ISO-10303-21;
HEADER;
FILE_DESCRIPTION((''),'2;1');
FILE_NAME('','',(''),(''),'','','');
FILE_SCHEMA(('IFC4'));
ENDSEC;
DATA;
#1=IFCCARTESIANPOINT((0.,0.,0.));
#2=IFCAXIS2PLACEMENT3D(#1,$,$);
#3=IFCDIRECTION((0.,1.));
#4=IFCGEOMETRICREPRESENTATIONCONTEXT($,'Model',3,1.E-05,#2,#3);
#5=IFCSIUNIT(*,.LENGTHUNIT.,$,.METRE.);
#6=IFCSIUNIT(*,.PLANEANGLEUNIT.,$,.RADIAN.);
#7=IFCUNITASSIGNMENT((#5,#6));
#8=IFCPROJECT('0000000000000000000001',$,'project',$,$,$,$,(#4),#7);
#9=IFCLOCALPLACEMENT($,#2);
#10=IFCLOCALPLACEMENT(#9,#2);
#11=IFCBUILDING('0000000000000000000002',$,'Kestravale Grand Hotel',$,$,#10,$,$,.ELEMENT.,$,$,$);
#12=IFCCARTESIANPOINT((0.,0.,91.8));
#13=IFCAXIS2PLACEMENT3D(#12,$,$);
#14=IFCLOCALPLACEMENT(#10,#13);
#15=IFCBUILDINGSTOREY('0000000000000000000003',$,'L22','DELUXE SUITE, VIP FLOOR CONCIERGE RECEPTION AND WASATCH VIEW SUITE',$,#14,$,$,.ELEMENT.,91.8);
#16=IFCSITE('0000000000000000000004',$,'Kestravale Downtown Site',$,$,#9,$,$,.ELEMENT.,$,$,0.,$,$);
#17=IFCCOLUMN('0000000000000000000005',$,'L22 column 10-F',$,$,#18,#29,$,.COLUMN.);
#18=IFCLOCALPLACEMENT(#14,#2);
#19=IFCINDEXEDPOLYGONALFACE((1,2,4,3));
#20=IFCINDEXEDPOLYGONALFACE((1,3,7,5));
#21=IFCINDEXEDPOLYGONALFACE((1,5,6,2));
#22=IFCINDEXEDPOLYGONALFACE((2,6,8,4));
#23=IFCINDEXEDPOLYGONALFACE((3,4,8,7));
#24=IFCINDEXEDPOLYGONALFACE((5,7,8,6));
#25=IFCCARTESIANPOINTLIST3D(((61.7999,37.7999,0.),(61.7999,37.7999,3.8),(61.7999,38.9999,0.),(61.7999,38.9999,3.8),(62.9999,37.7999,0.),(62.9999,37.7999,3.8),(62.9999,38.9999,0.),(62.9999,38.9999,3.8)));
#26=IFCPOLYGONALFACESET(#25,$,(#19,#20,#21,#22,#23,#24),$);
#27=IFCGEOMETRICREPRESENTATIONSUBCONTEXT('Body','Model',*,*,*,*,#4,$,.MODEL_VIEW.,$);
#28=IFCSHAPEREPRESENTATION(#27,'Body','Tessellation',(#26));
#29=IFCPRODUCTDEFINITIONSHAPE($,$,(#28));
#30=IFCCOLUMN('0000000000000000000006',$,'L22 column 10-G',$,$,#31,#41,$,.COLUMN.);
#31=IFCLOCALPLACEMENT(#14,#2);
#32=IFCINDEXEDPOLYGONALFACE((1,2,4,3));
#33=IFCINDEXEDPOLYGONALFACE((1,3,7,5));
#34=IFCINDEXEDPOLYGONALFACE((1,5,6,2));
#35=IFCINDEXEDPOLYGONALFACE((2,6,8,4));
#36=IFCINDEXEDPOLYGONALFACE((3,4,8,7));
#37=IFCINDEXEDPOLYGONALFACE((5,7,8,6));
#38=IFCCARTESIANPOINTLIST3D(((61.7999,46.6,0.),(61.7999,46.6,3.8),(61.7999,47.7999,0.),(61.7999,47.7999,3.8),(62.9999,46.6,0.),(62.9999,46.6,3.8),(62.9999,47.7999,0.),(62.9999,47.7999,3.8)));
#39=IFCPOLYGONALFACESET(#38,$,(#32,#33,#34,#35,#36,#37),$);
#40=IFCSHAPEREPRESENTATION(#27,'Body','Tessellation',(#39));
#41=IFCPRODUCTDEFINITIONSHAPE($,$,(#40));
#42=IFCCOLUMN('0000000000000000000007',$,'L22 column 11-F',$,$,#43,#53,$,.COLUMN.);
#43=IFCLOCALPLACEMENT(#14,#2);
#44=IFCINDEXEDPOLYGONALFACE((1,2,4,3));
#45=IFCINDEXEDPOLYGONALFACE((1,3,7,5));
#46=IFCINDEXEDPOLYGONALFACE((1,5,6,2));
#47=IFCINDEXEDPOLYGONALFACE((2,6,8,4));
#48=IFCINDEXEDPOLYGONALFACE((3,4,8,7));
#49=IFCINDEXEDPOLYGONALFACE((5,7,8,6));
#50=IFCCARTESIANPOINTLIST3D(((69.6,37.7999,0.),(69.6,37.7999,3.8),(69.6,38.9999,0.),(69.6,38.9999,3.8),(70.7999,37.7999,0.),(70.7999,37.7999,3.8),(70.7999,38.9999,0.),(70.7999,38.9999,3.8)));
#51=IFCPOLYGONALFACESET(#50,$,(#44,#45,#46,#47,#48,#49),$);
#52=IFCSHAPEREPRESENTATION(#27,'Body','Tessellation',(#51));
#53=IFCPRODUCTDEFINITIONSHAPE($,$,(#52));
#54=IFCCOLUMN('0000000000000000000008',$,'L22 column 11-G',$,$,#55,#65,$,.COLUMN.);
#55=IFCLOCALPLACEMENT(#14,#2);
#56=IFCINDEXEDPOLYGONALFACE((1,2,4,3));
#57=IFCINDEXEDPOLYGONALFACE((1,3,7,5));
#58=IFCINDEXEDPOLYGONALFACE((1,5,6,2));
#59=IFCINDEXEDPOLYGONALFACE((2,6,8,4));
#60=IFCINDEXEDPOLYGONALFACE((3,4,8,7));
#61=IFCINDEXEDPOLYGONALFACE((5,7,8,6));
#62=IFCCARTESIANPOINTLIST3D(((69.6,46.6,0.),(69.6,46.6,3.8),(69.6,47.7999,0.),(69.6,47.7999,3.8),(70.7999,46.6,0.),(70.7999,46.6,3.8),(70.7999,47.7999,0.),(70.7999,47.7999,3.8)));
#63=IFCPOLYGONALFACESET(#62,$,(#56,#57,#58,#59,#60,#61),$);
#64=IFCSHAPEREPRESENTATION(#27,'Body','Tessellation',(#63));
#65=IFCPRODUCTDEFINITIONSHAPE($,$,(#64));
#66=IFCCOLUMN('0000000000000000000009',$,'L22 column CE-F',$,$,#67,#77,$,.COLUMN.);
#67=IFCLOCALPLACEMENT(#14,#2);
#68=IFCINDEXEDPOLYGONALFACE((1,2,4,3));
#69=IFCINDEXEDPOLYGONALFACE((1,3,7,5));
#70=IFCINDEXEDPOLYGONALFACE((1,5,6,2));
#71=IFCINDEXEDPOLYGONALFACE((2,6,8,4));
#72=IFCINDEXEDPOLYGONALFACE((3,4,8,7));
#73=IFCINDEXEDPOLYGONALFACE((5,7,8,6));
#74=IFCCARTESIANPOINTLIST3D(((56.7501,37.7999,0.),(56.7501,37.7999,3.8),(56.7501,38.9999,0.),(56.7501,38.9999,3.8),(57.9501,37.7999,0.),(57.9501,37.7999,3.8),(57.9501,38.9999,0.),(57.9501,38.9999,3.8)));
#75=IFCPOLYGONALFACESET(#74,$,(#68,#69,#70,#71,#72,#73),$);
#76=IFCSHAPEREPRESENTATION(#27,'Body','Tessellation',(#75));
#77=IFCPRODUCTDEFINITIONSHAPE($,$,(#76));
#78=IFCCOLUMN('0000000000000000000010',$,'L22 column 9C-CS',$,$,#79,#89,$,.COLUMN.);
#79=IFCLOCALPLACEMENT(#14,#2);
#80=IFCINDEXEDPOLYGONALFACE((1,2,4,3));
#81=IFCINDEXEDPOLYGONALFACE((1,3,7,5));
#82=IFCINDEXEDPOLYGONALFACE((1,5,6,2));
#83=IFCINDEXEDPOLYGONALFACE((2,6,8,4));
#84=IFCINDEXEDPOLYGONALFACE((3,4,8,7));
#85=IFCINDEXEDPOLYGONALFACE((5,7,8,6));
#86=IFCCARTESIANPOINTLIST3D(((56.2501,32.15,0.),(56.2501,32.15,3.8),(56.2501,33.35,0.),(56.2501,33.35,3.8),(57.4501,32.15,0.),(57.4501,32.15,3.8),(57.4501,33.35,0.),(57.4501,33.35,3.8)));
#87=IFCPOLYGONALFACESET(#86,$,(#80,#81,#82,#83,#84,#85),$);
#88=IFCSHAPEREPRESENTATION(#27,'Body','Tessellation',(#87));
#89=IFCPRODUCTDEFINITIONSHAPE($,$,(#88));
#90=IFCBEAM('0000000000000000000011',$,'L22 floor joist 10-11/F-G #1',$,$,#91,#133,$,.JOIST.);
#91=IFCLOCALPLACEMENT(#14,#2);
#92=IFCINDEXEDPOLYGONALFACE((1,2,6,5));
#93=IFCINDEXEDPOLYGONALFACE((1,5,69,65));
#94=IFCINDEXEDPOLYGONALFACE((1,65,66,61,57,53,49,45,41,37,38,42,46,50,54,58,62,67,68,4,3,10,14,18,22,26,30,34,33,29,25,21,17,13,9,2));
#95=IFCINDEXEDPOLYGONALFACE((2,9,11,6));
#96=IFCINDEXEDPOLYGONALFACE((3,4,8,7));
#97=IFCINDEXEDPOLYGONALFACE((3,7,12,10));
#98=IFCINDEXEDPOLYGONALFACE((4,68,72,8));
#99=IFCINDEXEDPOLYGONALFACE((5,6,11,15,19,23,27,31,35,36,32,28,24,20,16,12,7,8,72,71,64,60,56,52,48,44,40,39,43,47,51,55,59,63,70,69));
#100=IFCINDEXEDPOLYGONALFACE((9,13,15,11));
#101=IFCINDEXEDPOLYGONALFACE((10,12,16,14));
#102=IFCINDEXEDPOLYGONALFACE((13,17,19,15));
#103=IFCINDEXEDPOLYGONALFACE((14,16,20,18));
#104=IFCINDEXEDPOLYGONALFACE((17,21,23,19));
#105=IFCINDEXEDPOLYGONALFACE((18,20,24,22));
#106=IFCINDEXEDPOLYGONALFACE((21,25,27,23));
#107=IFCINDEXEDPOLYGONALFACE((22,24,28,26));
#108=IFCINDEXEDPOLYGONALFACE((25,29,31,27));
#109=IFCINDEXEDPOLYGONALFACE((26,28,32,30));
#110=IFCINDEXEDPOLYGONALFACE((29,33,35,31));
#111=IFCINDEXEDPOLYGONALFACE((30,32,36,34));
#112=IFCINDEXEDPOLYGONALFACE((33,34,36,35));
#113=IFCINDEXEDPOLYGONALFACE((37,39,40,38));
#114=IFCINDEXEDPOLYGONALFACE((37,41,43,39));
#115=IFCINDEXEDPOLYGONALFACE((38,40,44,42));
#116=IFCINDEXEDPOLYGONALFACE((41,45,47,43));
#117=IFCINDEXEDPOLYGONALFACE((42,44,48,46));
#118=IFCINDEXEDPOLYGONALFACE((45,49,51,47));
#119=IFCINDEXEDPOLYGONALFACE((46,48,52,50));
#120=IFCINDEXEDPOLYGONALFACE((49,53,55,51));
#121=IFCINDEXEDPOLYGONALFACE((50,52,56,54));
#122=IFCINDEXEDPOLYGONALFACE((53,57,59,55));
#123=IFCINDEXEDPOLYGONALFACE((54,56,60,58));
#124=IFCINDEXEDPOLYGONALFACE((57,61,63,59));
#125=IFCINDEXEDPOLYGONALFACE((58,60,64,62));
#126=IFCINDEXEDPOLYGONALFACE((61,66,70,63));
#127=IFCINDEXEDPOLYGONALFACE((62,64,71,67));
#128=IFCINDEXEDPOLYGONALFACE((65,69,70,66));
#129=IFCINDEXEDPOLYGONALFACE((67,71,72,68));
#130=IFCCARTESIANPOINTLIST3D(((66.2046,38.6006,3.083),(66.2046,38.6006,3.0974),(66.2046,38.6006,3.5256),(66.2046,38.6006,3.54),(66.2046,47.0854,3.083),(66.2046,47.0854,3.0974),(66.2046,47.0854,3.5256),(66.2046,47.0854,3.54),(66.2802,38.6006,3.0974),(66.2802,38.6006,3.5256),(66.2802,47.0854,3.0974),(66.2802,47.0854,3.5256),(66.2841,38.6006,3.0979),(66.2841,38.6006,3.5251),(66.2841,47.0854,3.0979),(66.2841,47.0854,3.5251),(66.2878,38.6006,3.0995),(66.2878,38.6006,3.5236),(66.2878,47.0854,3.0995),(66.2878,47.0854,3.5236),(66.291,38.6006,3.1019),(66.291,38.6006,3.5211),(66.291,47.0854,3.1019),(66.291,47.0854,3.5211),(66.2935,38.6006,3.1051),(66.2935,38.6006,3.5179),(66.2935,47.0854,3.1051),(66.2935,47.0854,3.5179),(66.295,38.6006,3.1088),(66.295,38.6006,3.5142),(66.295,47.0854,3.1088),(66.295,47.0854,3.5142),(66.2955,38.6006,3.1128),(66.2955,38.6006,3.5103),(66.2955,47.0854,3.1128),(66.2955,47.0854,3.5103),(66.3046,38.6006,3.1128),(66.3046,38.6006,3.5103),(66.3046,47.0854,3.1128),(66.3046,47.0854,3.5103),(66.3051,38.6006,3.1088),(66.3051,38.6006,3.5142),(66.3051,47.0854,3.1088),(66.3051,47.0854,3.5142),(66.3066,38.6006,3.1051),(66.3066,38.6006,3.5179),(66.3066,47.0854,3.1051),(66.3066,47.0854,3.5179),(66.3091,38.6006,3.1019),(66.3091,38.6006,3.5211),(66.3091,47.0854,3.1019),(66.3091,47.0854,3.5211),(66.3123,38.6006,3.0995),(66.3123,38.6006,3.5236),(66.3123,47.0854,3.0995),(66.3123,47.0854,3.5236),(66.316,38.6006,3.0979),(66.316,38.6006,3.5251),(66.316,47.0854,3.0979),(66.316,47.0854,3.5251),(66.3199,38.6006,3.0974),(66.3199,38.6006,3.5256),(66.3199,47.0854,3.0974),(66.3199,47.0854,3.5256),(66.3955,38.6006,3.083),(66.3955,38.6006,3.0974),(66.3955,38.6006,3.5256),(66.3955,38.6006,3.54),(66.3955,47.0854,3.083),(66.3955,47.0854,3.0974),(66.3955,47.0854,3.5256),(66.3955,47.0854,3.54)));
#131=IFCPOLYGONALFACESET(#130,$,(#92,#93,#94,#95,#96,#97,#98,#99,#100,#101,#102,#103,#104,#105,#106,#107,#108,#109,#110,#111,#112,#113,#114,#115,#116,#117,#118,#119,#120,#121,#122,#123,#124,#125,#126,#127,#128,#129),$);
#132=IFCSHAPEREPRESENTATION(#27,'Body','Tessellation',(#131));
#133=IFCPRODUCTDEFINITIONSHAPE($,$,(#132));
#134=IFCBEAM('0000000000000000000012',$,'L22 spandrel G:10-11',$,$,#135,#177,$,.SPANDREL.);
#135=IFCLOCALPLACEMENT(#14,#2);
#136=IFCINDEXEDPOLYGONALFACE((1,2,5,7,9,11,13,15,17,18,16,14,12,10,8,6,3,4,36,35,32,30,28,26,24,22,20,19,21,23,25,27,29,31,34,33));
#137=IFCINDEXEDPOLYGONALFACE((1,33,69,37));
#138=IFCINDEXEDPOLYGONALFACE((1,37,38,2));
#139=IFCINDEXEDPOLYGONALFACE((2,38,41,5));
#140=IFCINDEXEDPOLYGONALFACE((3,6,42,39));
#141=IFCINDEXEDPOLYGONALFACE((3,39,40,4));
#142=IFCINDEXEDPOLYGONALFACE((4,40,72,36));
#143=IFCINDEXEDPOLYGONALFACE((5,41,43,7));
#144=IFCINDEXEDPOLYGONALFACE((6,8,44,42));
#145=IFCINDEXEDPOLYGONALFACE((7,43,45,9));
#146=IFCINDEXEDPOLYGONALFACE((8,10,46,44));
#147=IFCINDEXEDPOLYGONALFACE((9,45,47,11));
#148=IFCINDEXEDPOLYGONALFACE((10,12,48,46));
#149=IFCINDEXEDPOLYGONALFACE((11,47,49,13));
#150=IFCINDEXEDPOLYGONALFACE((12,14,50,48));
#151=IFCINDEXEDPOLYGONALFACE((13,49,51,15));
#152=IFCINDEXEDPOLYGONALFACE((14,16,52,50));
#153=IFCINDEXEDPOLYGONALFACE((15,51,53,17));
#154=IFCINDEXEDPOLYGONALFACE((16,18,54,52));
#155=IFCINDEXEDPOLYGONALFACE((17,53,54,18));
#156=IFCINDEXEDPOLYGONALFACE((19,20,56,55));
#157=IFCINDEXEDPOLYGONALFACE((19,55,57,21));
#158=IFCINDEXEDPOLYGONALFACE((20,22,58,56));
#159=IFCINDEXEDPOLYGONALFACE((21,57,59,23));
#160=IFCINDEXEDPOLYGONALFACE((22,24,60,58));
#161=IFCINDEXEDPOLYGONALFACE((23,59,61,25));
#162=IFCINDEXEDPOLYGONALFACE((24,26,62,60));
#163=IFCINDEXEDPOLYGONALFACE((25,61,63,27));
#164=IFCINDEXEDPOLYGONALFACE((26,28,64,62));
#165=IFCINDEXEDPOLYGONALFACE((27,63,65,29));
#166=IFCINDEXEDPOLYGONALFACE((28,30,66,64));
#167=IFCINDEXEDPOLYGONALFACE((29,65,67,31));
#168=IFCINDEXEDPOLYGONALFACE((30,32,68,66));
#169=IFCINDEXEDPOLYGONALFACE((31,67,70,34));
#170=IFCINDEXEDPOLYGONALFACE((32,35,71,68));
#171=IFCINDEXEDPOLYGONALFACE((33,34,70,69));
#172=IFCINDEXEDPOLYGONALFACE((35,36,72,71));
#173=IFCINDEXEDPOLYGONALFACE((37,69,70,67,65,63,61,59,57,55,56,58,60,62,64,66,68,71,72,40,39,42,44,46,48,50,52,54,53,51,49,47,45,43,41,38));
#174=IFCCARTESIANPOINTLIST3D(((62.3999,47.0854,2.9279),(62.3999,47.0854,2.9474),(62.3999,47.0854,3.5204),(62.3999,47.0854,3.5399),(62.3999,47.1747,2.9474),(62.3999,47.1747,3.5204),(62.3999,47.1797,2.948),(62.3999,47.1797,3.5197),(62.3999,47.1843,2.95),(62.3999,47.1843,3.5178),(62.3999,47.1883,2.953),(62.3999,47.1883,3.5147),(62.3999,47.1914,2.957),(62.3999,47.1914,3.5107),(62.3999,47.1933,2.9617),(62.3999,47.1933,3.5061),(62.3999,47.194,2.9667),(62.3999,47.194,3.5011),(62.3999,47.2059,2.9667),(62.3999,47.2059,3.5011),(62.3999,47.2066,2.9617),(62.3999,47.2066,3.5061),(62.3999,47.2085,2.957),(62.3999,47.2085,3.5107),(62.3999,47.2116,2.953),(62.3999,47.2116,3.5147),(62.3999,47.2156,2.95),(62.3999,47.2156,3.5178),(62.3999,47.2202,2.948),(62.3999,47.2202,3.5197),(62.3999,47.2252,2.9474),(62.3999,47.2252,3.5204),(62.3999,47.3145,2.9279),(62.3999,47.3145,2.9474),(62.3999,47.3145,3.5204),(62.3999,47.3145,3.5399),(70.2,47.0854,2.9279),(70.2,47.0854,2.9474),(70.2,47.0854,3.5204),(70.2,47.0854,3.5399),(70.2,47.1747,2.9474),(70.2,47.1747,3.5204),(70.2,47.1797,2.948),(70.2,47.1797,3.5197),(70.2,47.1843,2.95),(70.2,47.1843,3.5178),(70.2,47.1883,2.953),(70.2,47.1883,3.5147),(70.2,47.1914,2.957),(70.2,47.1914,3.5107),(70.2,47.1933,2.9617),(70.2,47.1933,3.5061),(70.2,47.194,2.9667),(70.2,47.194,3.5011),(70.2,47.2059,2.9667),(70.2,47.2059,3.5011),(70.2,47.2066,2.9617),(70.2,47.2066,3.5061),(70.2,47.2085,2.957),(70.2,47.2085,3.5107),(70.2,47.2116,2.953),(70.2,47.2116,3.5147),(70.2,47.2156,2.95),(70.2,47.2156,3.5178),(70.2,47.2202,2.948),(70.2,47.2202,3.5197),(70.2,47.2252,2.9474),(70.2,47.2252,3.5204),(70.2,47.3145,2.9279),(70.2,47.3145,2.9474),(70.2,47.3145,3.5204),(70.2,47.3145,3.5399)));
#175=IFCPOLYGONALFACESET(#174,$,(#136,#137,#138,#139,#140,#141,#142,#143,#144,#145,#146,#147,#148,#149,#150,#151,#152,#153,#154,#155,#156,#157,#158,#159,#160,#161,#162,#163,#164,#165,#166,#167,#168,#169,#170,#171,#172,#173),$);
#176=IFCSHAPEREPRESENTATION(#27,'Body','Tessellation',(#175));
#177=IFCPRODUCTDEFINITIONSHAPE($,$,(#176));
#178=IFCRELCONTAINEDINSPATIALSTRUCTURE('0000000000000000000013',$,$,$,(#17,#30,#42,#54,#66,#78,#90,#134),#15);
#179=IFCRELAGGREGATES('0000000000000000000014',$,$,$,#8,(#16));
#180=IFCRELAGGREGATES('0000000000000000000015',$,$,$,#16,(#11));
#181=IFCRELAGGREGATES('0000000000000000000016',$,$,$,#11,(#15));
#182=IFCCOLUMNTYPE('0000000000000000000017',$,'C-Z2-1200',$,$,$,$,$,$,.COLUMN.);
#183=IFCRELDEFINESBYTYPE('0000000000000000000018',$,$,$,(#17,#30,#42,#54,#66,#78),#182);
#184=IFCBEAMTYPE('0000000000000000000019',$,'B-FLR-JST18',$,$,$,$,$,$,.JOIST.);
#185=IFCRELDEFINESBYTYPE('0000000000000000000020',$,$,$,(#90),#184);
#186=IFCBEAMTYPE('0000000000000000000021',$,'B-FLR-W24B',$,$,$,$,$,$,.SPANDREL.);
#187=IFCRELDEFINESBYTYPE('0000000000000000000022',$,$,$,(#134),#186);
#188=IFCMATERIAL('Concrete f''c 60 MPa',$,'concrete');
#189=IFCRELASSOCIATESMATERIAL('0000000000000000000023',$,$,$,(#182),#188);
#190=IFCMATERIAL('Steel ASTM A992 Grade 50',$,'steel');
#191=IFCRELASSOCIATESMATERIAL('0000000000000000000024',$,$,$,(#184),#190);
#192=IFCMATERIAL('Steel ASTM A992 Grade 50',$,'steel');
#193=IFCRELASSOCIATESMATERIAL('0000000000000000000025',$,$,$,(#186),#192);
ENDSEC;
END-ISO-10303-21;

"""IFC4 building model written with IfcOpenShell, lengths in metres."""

from ifc_helpers import new_model, si_unit, direction, frame, origin, origin_2d, place, context, subcontext, project, spatial, rectangle, i_section, extrude, material, material_profile, profile_set, type_object, element, save


model = new_model("IFC4")

# Units and contexts
model_context = context("Model", 3, precision=1e-05, world=origin(), true_north=direction((0.0, 1.0)))
body_context = subcontext(model_context, "Body", "Model", "MODEL_VIEW")
ifc_project = project(units=[si_unit("LENGTHUNIT", "METRE"), si_unit("PLANEANGLEUNIT", "RADIAN")], contexts=[model_context])

# Site, building, storey
site_placement = place(None, origin())
site = spatial("IfcSite", under=ifc_project, at=site_placement, Name="Kestravale Downtown Site", CompositionType="ELEMENT", RefElevation=0.0)
building_placement = place(site_placement, origin())
building = spatial("IfcBuilding", under=site, at=building_placement, Name="Kestravale Grand Hotel", CompositionType="ELEMENT")
storey_placement = place(building_placement, frame((0.0, 0.0, 91.8)))
storey = spatial("IfcBuildingStorey", under=building, at=storey_placement, Name="L22", Description="DELUXE SUITE, VIP FLOOR CONCIERGE RECEPTION AND WASATCH VIEW SUITE", CompositionType="ELEMENT", Elevation=91.8)

# Columns
ifc_material_1 = material(Name="Concrete f'c 60 MPa", Category="concrete")
ifc_material_profile_1 = material_profile(ifc_material_1, rectangle(XDim=1.2, YDim=1.2, at=origin_2d()))
ifc_profile_set_1 = profile_set([ifc_material_profile_1], Name="Concrete f'c 60 MPa")
column_type = type_object("IfcColumnType", Name="C-Z2-1200", PredefinedType="COLUMN", material=ifc_profile_set_1)
for number, where, z_axis, x_axis, name in (
    (1, (62.3999, 38.3999, 0.0), (0.0, 0.0, 1.0), (1.0, 0.0, 0.0), "L22 column 10-F"),
    (2, (62.3999, 47.2, 0.0), (0.0, 0.0, 1.0), (1.0, 0.0, 0.0), "L22 column 10-G"),
    (3, (70.2, 38.3999, 0.0), (0.0, 0.0, 1.0), (1.0, 0.0, 0.0), "L22 column 11-F"),
    (4, (70.2, 47.2, 0.0), (0.0, 0.0, 1.0), (1.0, 0.0, 0.0), "L22 column 11-G"),
    (5, (57.3501, 38.3999, 0.0), (0.0, 0.0, 1.0), (1.0, 0.0, 0.0), "L22 column CE-F"),
    (6, (56.8501, 32.75, 0.0), (0.0, 0.0, 1.0), (1.0, 0.0, 0.0), "L22 column 9C-CS"),
):
    element("IfcColumn", number, at=place(storey_placement, frame(where, z_axis=z_axis, x_axis=x_axis)), inside=storey, type_object=column_type, Name=name, PredefinedType="COLUMN", context=body_context, shape_type="SweptSolid", body=[
        extrude(rectangle(XDim=1.2, YDim=1.2, at=origin_2d()), origin(), (0.0, 0.0, 1.0), 3.8),
    ])

# Beams
ifc_material_2 = material(Name="Steel ASTM A992 Grade 50", Category="steel")
ifc_material_profile_2 = material_profile(ifc_material_2, i_section(OverallWidth=0.1909, OverallDepth=0.457, WebThickness=0.009, FlangeThickness=0.0144, FilletRadius=0.0154, at=origin_2d()))
ifc_profile_set_2 = profile_set([ifc_material_profile_2], Name="Steel ASTM A992 Grade 50")
beam_type_1 = type_object("IfcBeamType", Name="B-FLR-JST18", PredefinedType="JOIST", material=ifc_profile_set_2)
beam_1_placement = place(storey_placement, frame((66.3, 38.6006, 3.3115), z_axis=(0.0, 1.0, 0.0), x_axis=(-1.0, 0.0, 0.0)))
element("IfcBeam", 7, at=beam_1_placement, inside=storey, type_object=beam_type_1, Name="L22 floor joist 10-11/F-G #1", PredefinedType="JOIST", context=body_context, shape_type="SweptSolid", body=[
    extrude(i_section(OverallWidth=0.1909, OverallDepth=0.457, WebThickness=0.009, FlangeThickness=0.0144, FilletRadius=0.0154, at=origin_2d()), origin(), (0.0, 0.0, 1.0), 8.4849),
])
ifc_material_3 = material(Name="Steel ASTM A992 Grade 50", Category="steel")
ifc_material_profile_3 = material_profile(ifc_material_3, i_section(OverallWidth=0.229, OverallDepth=0.6121, WebThickness=0.012, FlangeThickness=0.0195, FilletRadius=0.0193, at=origin_2d()))
ifc_profile_set_3 = profile_set([ifc_material_profile_3], Name="Steel ASTM A992 Grade 50")
beam_type_2 = type_object("IfcBeamType", Name="B-FLR-W24B", PredefinedType="SPANDREL", material=ifc_profile_set_3)
beam_2_placement = place(storey_placement, frame((62.3999, 47.2, 3.2339), z_axis=(1.0, 0.0, 0.0), x_axis=(0.0, 1.0, 0.0)))
element("IfcBeam", 8, at=beam_2_placement, inside=storey, type_object=beam_type_2, Name="L22 spandrel G:10-11", PredefinedType="SPANDREL", context=body_context, shape_type="SweptSolid", body=[
    extrude(i_section(OverallWidth=0.229, OverallDepth=0.6121, WebThickness=0.012, FlangeThickness=0.0195, FilletRadius=0.0193, at=origin_2d()), origin(), (0.0, 0.0, 1.0), 7.8),
])

save(model, "model.ifc")
